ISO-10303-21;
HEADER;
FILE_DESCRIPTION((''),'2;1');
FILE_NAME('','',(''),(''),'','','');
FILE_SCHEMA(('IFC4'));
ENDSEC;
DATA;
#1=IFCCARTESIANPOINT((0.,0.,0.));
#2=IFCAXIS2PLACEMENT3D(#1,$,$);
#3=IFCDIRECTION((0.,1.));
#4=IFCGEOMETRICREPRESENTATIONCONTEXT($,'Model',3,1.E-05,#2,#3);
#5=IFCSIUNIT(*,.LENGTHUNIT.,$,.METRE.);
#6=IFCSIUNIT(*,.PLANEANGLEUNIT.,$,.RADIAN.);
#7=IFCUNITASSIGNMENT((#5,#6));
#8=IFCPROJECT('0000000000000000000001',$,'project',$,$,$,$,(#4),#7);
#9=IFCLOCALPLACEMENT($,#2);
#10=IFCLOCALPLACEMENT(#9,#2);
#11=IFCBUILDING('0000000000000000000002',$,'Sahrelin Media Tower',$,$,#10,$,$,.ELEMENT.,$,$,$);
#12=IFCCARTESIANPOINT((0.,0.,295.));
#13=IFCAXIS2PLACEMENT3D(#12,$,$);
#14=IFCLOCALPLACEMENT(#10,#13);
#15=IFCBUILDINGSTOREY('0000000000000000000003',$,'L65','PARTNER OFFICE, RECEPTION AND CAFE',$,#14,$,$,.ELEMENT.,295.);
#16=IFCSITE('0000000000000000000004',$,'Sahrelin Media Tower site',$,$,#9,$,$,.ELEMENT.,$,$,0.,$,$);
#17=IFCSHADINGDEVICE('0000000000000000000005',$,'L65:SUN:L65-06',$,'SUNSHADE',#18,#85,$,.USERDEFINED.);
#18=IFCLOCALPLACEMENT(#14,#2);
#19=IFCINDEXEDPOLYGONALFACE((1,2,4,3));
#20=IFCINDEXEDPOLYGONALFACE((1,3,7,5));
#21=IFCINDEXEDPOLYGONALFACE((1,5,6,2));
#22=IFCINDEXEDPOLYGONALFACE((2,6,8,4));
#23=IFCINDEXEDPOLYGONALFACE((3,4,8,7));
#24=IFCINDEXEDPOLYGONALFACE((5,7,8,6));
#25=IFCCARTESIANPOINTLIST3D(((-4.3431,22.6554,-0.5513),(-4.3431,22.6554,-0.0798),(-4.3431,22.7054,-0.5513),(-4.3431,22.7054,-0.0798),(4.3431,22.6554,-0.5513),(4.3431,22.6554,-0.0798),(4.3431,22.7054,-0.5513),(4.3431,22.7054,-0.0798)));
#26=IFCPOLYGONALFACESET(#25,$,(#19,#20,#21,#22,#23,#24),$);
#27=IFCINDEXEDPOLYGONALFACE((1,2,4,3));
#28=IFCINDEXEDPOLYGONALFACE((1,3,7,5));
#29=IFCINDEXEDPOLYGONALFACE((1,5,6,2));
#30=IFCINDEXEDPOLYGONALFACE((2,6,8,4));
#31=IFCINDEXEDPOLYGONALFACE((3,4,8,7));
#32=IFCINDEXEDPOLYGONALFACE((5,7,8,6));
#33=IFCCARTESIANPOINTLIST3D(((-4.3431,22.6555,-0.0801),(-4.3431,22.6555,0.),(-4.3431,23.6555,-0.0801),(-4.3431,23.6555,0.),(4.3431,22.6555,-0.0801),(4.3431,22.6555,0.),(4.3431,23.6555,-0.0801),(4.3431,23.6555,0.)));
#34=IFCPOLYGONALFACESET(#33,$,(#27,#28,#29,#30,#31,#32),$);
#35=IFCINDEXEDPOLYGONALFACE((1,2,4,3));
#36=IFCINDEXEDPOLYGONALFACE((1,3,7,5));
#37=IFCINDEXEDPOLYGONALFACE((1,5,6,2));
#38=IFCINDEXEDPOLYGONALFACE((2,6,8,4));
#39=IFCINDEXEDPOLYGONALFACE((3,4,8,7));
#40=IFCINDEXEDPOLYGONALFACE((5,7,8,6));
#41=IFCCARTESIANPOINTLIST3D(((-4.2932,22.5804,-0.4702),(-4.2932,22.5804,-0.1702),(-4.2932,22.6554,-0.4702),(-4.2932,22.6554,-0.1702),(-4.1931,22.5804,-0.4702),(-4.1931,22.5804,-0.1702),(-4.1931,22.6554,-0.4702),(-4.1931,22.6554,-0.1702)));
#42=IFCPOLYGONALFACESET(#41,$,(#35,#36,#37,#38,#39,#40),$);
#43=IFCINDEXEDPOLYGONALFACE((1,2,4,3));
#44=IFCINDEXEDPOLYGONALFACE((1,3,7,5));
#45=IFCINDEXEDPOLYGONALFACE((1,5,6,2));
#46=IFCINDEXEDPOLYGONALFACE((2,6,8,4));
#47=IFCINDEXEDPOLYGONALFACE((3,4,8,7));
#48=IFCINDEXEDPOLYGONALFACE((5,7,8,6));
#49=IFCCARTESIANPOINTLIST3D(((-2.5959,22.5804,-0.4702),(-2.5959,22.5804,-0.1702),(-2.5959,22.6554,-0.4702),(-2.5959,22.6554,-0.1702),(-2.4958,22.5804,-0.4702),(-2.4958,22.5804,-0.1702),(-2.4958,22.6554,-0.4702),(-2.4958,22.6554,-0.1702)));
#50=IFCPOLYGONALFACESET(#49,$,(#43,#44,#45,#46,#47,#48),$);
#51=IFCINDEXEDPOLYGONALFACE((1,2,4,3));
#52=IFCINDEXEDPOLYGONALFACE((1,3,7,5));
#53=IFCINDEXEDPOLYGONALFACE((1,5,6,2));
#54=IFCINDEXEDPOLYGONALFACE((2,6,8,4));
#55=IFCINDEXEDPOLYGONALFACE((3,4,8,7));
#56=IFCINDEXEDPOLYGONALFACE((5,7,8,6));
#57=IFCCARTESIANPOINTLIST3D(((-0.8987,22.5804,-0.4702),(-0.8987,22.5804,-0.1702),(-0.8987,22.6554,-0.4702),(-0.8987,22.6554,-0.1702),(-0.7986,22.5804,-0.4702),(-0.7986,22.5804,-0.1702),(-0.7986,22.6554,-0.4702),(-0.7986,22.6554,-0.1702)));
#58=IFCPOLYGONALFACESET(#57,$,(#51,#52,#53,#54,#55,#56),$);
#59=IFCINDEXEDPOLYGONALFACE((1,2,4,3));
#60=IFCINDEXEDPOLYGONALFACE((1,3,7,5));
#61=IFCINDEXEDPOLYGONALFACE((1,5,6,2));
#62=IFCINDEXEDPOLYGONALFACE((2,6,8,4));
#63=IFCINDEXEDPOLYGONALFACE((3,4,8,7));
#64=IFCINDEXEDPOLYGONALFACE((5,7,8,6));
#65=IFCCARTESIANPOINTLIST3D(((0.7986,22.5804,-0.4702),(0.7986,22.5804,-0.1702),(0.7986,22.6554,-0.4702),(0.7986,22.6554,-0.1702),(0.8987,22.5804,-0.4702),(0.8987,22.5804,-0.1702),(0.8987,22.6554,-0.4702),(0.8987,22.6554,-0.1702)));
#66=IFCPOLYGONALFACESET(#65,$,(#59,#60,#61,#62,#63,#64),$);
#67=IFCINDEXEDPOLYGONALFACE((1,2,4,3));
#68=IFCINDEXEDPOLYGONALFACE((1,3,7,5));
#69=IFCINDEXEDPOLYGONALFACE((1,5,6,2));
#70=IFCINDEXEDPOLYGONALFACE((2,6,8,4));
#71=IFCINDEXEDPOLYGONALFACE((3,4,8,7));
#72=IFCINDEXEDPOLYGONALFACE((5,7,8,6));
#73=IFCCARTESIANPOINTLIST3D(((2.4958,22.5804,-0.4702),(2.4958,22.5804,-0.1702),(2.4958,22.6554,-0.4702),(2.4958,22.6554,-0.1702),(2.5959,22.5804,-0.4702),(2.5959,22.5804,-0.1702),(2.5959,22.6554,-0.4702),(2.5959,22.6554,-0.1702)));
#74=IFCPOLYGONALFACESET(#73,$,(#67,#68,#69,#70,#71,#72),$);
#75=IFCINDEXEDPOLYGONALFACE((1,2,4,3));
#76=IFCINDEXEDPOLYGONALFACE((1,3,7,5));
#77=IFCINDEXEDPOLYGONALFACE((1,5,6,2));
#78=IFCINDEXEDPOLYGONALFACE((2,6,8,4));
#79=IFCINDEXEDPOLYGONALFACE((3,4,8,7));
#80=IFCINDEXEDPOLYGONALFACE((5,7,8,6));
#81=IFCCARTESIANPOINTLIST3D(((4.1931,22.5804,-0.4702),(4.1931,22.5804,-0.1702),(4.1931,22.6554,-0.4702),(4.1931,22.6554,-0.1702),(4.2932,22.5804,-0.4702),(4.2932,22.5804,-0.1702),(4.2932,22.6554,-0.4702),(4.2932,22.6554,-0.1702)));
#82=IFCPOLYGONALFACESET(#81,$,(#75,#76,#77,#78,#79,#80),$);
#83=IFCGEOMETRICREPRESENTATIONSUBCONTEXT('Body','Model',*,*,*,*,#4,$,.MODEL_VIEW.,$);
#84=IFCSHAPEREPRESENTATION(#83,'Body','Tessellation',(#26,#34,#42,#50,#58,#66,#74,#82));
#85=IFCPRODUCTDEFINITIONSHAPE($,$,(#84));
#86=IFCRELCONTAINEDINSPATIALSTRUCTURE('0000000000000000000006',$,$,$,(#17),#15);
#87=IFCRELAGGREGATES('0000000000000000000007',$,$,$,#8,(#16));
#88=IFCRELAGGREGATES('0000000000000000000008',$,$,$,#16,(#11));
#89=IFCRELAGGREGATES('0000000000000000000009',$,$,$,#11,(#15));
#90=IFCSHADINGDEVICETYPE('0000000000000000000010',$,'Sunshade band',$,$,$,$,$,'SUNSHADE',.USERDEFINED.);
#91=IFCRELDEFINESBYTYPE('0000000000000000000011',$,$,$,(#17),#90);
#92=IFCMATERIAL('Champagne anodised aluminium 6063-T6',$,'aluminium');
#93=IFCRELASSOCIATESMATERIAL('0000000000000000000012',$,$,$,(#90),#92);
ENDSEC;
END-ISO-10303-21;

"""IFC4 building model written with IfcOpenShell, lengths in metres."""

from ifc_helpers import new_model, si_unit, direction, frame, origin, origin_2d, place, context, subcontext, project, spatial, rectangle, extrude, material, type_object, element, save


model = new_model("IFC4")

# Units and contexts
model_context = context("Model", 3, precision=1e-05, world=origin(), true_north=direction((0.0, 1.0)))
body_context = subcontext(model_context, "Body", "Model", "MODEL_VIEW")
ifc_project = project(units=[si_unit("LENGTHUNIT", "METRE"), si_unit("PLANEANGLEUNIT", "RADIAN")], contexts=[model_context])

# Site, building, storey
site_placement = place(None, origin())
site = spatial("IfcSite", under=ifc_project, at=site_placement, Name="Sahrelin Media Tower site", CompositionType="ELEMENT", RefElevation=0.0)
building_placement = place(site_placement, origin())
building = spatial("IfcBuilding", under=site, at=building_placement, Name="Sahrelin Media Tower", CompositionType="ELEMENT")
storey_placement = place(building_placement, frame((0.0, 0.0, 295.0)))
storey = spatial("IfcBuildingStorey", under=building, at=storey_placement, Name="L65", Description="PARTNER OFFICE, RECEPTION AND CAFE", CompositionType="ELEMENT", Elevation=295.0)

# Shared definitions
ifc_material_1 = material(Name="Champagne anodised aluminium 6063-T6", Category="aluminium")

# Shared definitions
placement_1 = place(storey_placement, frame((0.0, 22.6355, 0.0), z_axis=(0.0, 0.0, 1.0), x_axis=(1.0, 0.0, 0.0)))

# Shading device
shading_device_type_1 = type_object("IfcShadingDeviceType", Name="Sunshade band", ElementType="SUNSHADE", PredefinedType="USERDEFINED", material=ifc_material_1)
element("IfcShadingDevice", 1, at=placement_1, inside=storey, type_object=shading_device_type_1, Name="L65:SUN:L65-06", ObjectType="SUNSHADE", PredefinedType="USERDEFINED", context=body_context, shape_type="SweptSolid", body=[
    extrude(rectangle(XDim=8.6863, YDim=0.05, at=origin_2d()), frame((0.0, 0.0449, -0.5513)), (0.0, 0.0, 1.0), 0.4714),
    extrude(rectangle(XDim=8.6863, YDim=1.0, at=origin_2d()), frame((0.0, 0.52, -0.0801)), (0.0, 0.0, 1.0), 0.0801),
    extrude(rectangle(XDim=0.1001, YDim=0.075, at=origin_2d()), frame((-4.2432, -0.0176, -0.4702)), (0.0, 0.0, 1.0), 0.3),
    extrude(rectangle(XDim=0.1001, YDim=0.075, at=origin_2d()), frame((-2.5459, -0.0176, -0.4702)), (0.0, 0.0, 1.0), 0.3),
    extrude(rectangle(XDim=0.1001, YDim=0.075, at=origin_2d()), frame((-0.8486, -0.0176, -0.4702)), (0.0, 0.0, 1.0), 0.3),
    extrude(rectangle(XDim=0.1001, YDim=0.075, at=origin_2d()), frame((0.8486, -0.0176, -0.4702)), (0.0, 0.0, 1.0), 0.3),
    extrude(rectangle(XDim=0.1001, YDim=0.075, at=origin_2d()), frame((2.5459, -0.0176, -0.4702)), (0.0, 0.0, 1.0), 0.3),
    extrude(rectangle(XDim=0.1001, YDim=0.075, at=origin_2d()), frame((4.2432, -0.0176, -0.4702)), (0.0, 0.0, 1.0), 0.3),
])

save(model, "model.ifc")
